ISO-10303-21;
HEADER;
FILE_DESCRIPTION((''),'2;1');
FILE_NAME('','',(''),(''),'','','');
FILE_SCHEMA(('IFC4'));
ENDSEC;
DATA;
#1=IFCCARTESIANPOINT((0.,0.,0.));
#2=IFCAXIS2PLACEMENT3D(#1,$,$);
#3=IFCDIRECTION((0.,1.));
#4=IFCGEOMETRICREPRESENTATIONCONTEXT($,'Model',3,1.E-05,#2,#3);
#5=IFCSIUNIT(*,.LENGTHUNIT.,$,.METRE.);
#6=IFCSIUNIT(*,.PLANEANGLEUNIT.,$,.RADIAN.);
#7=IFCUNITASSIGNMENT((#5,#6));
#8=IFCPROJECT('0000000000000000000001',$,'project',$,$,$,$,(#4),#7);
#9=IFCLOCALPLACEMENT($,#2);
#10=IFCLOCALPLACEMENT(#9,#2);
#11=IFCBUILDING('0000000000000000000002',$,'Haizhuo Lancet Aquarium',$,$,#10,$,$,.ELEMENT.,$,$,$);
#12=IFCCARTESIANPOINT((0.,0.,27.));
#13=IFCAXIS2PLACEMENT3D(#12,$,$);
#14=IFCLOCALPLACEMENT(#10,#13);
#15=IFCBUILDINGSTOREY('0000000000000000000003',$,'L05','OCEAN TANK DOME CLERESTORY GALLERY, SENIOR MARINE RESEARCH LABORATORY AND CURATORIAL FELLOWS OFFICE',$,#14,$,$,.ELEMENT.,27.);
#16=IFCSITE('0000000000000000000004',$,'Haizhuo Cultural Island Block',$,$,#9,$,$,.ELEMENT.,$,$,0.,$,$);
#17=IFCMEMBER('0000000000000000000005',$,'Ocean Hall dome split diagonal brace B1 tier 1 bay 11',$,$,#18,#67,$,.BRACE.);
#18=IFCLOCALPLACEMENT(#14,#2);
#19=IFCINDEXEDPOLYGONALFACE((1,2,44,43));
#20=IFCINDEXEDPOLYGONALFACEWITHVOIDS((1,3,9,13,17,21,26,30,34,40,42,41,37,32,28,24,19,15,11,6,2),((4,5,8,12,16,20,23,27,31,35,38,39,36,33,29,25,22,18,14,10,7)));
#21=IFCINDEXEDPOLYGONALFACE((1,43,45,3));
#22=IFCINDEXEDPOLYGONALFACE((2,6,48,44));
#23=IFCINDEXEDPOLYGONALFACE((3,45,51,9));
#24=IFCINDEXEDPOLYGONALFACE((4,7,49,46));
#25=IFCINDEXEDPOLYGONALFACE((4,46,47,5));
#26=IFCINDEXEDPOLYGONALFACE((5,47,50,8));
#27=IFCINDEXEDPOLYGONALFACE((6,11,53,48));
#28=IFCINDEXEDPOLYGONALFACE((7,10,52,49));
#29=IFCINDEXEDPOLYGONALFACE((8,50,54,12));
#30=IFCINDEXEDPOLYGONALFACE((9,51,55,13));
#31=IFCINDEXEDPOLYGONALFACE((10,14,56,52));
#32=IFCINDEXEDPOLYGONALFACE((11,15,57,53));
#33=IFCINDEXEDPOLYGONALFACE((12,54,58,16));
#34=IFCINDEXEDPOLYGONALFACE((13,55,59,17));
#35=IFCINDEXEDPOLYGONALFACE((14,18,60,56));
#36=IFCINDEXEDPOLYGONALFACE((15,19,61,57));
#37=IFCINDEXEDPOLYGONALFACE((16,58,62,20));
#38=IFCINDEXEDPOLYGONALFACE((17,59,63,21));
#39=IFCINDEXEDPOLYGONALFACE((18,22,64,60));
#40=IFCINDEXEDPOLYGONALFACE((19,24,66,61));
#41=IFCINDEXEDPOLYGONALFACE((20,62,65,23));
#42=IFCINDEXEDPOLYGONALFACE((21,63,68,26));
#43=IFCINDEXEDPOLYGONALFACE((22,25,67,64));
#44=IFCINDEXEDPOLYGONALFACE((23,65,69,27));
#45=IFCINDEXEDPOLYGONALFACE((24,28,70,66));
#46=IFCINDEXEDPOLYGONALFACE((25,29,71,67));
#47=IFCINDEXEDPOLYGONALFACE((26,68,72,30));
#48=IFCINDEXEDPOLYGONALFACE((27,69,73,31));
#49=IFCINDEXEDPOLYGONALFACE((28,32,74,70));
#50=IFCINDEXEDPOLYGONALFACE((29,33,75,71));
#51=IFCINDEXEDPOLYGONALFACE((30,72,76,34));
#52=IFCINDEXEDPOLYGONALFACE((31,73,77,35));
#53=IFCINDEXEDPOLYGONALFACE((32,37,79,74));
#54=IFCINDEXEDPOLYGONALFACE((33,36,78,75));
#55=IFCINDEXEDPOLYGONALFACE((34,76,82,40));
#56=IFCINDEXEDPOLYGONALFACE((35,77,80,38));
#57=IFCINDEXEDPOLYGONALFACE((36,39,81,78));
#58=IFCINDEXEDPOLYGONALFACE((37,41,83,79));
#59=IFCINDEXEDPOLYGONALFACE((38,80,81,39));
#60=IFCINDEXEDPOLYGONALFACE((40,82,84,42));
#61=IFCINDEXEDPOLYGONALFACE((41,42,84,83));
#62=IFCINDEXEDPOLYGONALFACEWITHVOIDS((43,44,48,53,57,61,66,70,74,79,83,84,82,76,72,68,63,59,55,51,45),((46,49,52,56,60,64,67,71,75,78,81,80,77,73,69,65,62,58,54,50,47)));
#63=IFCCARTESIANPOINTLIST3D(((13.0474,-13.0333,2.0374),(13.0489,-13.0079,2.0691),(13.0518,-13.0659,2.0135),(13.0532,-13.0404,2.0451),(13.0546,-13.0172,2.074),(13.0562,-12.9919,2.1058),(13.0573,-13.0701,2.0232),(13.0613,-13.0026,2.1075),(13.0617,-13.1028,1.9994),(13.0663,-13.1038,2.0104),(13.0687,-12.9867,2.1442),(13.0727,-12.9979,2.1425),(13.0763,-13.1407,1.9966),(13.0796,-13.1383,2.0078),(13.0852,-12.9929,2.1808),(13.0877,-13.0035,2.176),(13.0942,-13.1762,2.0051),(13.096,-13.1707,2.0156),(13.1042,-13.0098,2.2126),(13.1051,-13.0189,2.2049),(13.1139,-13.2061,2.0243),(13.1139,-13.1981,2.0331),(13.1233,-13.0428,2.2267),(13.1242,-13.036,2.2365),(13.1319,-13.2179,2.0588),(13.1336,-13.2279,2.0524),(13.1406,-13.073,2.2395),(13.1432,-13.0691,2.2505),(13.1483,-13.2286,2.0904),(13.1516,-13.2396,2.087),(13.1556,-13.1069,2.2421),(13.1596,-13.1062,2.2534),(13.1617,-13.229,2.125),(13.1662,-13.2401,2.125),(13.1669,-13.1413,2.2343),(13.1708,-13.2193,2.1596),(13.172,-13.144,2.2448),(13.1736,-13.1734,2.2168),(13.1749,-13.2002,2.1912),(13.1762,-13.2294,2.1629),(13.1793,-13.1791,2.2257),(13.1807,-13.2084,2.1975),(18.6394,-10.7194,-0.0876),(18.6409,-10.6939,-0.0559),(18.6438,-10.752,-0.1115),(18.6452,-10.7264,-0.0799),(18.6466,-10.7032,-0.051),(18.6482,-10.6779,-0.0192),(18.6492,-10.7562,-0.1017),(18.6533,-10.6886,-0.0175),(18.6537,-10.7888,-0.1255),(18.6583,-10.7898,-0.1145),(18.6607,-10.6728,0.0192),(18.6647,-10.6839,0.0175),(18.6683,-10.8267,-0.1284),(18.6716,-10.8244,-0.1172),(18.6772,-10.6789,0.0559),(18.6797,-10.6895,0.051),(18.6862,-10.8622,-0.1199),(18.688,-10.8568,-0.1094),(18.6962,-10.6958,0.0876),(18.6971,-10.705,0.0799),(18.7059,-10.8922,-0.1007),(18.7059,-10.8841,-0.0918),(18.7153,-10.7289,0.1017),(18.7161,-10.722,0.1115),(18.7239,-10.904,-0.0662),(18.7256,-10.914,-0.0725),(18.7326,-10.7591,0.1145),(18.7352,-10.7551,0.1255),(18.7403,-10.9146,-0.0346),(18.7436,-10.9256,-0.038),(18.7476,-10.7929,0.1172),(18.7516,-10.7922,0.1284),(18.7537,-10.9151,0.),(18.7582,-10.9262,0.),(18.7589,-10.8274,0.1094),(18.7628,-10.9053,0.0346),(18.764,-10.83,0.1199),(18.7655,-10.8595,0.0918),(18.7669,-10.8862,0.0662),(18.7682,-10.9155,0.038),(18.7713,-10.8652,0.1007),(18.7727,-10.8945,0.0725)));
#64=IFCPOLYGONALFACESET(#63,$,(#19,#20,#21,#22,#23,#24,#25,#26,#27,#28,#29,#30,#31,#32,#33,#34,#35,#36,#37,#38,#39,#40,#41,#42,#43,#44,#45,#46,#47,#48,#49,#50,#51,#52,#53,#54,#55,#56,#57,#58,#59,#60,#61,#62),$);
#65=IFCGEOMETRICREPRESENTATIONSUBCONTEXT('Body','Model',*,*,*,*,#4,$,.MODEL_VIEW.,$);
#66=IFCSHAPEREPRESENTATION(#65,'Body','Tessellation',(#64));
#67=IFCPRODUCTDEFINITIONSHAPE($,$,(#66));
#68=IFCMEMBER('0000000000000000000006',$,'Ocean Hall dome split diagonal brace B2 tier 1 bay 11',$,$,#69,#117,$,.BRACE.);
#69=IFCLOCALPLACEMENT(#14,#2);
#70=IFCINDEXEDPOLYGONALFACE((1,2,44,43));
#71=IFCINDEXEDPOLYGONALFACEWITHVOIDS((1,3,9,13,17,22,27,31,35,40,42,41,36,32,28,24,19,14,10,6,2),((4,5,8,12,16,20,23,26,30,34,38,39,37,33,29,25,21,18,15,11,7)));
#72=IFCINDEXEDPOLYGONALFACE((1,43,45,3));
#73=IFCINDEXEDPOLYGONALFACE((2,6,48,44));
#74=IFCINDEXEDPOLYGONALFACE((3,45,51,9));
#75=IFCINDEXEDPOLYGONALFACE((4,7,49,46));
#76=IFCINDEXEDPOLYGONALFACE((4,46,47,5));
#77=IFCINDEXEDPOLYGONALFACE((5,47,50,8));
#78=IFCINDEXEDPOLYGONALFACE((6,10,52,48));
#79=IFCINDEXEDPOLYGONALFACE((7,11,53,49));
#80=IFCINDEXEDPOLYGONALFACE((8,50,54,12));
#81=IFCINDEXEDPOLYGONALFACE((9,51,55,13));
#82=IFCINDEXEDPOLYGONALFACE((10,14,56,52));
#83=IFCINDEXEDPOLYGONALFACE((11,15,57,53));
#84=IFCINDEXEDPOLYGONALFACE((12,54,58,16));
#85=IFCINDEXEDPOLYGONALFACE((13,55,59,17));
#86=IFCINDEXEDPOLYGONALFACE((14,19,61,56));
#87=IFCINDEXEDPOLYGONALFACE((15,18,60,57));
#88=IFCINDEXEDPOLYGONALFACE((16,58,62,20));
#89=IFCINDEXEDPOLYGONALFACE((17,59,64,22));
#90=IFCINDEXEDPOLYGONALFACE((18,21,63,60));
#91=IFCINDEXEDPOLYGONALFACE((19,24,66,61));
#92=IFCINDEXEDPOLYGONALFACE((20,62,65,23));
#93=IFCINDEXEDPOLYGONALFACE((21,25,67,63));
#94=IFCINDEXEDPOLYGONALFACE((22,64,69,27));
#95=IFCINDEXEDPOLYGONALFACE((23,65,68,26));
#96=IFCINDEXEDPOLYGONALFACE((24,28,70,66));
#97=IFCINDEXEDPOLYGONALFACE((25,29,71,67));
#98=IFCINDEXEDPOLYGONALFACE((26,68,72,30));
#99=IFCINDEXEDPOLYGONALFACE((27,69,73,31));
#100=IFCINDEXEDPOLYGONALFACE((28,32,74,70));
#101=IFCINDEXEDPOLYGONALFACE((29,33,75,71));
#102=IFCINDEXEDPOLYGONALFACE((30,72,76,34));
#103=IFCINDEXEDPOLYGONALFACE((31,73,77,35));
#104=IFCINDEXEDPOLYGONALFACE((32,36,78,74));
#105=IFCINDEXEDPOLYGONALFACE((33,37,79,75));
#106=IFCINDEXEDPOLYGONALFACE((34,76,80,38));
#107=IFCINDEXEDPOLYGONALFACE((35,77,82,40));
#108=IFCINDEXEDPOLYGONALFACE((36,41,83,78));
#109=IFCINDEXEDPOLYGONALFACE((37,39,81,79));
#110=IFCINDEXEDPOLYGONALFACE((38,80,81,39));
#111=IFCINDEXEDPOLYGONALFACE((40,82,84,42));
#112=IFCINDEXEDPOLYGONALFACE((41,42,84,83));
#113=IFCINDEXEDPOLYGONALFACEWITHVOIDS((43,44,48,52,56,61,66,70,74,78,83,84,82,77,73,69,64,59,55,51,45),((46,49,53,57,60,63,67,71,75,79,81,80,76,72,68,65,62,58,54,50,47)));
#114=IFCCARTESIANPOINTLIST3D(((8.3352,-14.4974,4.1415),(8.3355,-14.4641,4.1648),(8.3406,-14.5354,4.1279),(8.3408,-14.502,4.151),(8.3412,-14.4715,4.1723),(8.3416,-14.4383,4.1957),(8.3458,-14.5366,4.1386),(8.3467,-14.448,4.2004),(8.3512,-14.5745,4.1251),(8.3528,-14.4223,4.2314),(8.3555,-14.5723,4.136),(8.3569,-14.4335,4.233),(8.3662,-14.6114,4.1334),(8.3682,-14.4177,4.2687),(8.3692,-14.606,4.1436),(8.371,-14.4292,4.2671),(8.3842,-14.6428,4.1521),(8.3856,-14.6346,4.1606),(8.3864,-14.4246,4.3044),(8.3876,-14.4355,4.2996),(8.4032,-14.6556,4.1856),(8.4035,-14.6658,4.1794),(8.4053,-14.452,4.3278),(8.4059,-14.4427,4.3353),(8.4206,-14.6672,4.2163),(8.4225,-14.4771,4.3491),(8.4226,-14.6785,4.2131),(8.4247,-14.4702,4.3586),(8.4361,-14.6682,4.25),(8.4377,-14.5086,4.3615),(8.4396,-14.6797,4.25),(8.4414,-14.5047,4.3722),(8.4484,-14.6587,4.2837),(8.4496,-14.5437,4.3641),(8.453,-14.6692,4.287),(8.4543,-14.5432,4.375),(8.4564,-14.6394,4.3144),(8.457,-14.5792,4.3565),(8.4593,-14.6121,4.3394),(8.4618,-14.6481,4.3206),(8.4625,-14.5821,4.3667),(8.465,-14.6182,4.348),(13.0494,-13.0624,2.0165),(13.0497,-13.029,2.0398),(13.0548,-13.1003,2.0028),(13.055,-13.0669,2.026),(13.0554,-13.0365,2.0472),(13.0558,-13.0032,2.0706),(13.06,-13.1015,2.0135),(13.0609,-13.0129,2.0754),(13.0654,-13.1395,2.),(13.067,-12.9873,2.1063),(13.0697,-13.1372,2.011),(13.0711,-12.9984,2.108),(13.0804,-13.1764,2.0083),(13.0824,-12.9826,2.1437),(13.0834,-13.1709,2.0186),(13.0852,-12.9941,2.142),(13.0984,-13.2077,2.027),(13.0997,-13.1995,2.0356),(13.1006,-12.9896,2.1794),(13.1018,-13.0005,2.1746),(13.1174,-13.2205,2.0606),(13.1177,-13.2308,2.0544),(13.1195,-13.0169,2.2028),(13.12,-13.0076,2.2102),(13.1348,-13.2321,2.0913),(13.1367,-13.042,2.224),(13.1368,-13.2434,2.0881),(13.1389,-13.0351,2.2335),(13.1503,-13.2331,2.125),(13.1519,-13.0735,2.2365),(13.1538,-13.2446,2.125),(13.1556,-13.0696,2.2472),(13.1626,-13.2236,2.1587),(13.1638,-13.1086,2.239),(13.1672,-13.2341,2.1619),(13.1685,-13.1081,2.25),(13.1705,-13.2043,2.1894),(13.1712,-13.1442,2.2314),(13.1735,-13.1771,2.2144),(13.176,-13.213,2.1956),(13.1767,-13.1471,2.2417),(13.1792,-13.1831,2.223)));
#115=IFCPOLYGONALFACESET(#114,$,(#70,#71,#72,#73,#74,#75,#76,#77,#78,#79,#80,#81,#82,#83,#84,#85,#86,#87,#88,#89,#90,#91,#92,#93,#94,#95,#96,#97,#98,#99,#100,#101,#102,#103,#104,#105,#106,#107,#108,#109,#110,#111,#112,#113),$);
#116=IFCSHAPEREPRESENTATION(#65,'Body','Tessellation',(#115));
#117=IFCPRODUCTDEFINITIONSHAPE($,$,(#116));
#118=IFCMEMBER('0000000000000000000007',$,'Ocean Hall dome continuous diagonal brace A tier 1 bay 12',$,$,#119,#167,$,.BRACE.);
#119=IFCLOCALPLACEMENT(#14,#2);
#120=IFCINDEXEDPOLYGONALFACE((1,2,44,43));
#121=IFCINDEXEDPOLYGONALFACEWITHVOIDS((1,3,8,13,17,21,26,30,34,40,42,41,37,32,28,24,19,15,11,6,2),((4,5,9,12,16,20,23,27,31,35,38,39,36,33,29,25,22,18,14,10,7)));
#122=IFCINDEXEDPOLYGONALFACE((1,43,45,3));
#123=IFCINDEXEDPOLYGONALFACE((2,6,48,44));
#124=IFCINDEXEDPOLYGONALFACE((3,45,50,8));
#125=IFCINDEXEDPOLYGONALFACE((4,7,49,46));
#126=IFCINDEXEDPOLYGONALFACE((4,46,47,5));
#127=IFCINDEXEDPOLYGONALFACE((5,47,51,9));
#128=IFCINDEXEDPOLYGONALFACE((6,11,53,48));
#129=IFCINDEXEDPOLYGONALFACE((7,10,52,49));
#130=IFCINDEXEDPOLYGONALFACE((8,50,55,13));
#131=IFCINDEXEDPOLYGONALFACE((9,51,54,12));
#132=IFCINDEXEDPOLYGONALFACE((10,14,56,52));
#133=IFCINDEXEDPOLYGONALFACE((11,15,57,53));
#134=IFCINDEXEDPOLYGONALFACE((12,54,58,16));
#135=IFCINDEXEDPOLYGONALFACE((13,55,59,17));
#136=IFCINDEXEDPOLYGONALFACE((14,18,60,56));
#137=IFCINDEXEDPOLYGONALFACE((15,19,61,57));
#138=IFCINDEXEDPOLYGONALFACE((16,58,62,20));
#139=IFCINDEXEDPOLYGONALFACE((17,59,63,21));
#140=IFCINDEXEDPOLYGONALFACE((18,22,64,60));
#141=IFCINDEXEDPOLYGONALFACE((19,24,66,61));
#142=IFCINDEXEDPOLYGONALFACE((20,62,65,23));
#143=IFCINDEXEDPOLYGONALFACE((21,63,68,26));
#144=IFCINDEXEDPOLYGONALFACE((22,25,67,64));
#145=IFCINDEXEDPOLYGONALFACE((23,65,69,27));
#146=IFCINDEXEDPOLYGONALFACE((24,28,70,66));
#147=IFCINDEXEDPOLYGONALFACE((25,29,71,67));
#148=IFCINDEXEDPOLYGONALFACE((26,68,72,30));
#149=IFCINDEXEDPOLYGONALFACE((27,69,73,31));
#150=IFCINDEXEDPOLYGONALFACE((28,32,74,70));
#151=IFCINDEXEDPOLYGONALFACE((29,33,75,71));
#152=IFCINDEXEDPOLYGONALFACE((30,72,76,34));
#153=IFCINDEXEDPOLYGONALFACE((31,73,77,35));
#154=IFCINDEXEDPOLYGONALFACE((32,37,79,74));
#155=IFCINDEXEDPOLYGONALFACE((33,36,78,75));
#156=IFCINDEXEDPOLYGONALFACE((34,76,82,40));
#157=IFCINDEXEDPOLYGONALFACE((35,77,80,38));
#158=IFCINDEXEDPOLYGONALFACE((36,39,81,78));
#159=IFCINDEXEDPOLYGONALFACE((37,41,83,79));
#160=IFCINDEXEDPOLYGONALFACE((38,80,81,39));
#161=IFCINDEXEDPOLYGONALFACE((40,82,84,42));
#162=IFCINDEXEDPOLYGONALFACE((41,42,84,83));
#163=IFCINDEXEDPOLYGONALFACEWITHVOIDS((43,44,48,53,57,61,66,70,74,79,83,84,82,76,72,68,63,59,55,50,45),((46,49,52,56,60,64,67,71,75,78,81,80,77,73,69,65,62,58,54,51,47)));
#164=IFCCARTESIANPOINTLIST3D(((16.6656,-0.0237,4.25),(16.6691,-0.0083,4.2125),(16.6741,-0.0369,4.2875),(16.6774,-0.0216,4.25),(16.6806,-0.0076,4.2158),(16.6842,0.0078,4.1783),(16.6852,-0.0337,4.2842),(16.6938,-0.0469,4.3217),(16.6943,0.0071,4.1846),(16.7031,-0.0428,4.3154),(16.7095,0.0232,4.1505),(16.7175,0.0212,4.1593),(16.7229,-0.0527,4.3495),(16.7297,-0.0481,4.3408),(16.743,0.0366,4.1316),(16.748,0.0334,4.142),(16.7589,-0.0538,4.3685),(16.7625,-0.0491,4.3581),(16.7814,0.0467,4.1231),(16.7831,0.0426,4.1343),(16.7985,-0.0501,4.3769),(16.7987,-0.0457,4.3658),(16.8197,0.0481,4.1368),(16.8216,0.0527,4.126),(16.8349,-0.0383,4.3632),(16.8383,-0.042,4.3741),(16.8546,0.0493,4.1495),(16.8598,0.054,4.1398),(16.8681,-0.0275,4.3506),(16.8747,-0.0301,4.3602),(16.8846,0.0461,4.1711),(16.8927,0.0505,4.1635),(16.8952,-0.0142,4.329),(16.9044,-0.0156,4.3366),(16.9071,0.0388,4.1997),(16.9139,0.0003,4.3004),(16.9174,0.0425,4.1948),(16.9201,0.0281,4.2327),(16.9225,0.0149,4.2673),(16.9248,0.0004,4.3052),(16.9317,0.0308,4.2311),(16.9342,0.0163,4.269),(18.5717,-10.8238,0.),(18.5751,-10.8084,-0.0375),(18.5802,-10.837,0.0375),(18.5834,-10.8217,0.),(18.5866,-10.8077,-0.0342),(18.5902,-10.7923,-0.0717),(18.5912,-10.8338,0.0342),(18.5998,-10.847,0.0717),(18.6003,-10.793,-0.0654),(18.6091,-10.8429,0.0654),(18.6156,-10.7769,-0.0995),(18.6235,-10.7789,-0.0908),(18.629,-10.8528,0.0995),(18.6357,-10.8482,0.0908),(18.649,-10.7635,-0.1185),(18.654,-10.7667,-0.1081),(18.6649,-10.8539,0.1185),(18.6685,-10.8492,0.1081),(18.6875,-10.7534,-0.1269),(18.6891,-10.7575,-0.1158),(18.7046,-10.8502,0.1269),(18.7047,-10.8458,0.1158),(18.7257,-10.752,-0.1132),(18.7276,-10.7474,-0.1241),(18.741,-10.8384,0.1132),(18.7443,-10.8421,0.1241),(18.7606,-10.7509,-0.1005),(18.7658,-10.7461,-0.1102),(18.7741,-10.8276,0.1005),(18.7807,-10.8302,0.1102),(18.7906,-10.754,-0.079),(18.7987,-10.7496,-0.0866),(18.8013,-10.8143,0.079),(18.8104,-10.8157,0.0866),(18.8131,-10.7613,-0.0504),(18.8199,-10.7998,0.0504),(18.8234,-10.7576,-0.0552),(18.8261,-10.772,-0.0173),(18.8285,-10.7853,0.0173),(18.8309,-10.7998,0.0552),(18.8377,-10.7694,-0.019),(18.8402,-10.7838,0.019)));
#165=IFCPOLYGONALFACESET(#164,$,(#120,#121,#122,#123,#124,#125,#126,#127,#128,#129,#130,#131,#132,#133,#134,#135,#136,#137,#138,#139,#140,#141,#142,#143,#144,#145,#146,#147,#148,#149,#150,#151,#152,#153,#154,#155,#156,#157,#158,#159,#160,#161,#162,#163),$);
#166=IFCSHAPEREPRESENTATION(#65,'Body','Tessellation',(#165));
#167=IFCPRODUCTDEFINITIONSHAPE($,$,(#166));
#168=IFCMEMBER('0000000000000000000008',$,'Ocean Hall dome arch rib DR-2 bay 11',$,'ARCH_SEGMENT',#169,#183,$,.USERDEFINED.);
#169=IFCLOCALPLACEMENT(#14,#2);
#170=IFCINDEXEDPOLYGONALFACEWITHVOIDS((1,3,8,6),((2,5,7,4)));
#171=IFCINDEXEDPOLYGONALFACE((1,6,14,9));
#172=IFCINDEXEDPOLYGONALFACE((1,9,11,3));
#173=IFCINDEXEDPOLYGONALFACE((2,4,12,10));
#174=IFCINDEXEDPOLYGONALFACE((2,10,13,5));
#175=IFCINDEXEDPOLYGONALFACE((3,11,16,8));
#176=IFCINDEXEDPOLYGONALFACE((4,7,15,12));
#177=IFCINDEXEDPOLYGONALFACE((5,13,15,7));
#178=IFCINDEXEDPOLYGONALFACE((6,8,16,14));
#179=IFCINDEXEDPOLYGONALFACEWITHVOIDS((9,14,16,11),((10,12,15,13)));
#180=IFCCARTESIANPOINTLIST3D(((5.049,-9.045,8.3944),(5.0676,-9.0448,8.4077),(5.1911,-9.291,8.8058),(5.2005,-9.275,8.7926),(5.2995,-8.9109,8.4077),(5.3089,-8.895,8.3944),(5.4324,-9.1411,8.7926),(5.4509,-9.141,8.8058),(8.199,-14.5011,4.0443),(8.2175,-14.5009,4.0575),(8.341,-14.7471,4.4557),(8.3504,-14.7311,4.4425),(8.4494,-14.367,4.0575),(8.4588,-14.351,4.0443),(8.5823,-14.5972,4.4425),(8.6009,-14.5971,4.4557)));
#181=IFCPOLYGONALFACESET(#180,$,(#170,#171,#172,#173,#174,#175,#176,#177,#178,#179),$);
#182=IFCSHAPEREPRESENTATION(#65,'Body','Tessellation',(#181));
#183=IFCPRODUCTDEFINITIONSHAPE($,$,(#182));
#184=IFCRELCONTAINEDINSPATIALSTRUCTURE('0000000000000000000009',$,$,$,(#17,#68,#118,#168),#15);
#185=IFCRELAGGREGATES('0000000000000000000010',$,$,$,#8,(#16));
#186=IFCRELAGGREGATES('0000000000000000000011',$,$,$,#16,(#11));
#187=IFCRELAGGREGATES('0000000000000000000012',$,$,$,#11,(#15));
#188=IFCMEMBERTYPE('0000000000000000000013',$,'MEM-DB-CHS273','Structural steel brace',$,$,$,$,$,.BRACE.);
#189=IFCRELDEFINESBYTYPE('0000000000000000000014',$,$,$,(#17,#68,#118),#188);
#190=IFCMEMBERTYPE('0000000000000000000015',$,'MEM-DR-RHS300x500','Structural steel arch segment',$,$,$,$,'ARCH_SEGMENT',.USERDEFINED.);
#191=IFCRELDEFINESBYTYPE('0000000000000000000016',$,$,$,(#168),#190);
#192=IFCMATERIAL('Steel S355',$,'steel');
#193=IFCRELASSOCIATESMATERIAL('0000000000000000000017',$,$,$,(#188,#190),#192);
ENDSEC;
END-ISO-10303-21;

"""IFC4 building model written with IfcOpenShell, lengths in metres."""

from ifc_helpers import new_model, si_unit, direction, frame, origin, origin_2d, place, context, subcontext, project, spatial, hollow_rectangle, hollow_circle, extrude, material, material_profile, profile_set, type_object, element, save


model = new_model("IFC4")

# Units and contexts
model_context = context("Model", 3, precision=1e-05, world=origin(), true_north=direction((0.0, 1.0)))
body_context = subcontext(model_context, "Body", "Model", "MODEL_VIEW")
ifc_project = project(units=[si_unit("LENGTHUNIT", "METRE"), si_unit("PLANEANGLEUNIT", "RADIAN")], contexts=[model_context])

# Site, building, storey
site_placement = place(None, origin())
site = spatial("IfcSite", under=ifc_project, at=site_placement, Name="Haizhuo Cultural Island Block", CompositionType="ELEMENT", RefElevation=0.0)
building_placement = place(site_placement, origin())
building = spatial("IfcBuilding", under=site, at=building_placement, Name="Haizhuo Lancet Aquarium", CompositionType="ELEMENT")
storey_placement = place(building_placement, frame((0.0, 0.0, 27.0)))
storey = spatial("IfcBuildingStorey", under=building, at=storey_placement, Name="L05", Description="OCEAN TANK DOME CLERESTORY GALLERY, SENIOR MARINE RESEARCH LABORATORY AND CURATORIAL FELLOWS OFFICE", CompositionType="ELEMENT", Elevation=27.0)

# Members
ifc_material_1 = material(Name="Steel S355", Category="steel")
ifc_material_profile_1 = material_profile(ifc_material_1, hollow_circle(Radius=0.1365, WallThickness=0.012, at=origin_2d()), Name="CHS 273x12")
ifc_profile_set_1 = profile_set([ifc_material_profile_1], Name="Steel S355")
member_type_1 = type_object("IfcMemberType", Name="MEM-DB-CHS273", Description="Structural steel brace", PredefinedType="BRACE", material=ifc_profile_set_1)
member_1_placement = place(storey_placement, frame((18.7061, -10.8, 0.0), z_axis=(-0.871832, -0.360761, 0.3313), x_axis=(0.382354, -0.924016, 0.0)))
element("IfcMember", 1, at=member_1_placement, inside=storey, type_object=member_type_1, Name="Ocean Hall dome split diagonal brace B1 tier 1 bay 11", PredefinedType="BRACE", context=body_context, shape_type="SweptSolid", body=[
    extrude(hollow_circle(Radius=0.1365, WallThickness=0.012, at=origin_2d()), origin(), (0.0, 0.0, 1.0), 6.4141),
])
member_2_placement = place(storey_placement, frame((13.114, -13.114, 2.125), z_axis=(-0.878455, -0.267417, 0.395985), x_axis=(0.291223, -0.956655, 0.0)))
element("IfcMember", 2, at=member_2_placement, inside=storey, type_object=member_type_1, Name="Ocean Hall dome split diagonal brace B2 tier 1 bay 11", PredefinedType="BRACE", context=body_context, shape_type="SweptSolid", body=[
    extrude(hollow_circle(Radius=0.1365, WallThickness=0.012, at=origin_2d()), origin(), (0.0, 0.0, 1.0), 5.3665),
])
member_3_placement = place(storey_placement, frame((18.7061, -10.8, 0.0), z_axis=(-0.162053, 0.918243, 0.361344), x_axis=(-0.984782, -0.173795, 0.0)))
element("IfcMember", 3, at=member_3_placement, inside=storey, type_object=member_type_1, Name="Ocean Hall dome continuous diagonal brace A tier 1 bay 12", PredefinedType="BRACE", context=body_context, shape_type="SweptSolid", body=[
    extrude(hollow_circle(Radius=0.1365, WallThickness=0.012, at=origin_2d()), origin(), (0.0, 0.0, 1.0), 11.7617),
])
ifc_material_profile_2 = material_profile(ifc_material_1, hollow_rectangle(XDim=0.3, YDim=0.5, WallThickness=0.0161, at=origin_2d()), Name="RHS 300x500x16")
ifc_profile_set_2 = profile_set([ifc_material_profile_2], Name="Steel S355")
member_type_2 = type_object("IfcMemberType", Name="MEM-DR-RHS300x500", Description="Structural steel arch segment", ElementType="ARCH_SEGMENT", PredefinedType="USERDEFINED", material=ifc_profile_set_2)
member_4_placement = place(storey_placement, frame((8.3999, -14.5491, 4.25), z_axis=(-0.411431, 0.712654, 0.568197), x_axis=(-0.866036, -0.499982, 0.0)))
element("IfcMember", 4, at=member_4_placement, inside=storey, type_object=member_type_2, Name="Ocean Hall dome arch rib DR-2 bay 11", ObjectType="ARCH_SEGMENT", PredefinedType="USERDEFINED", context=body_context, shape_type="SweptSolid", body=[
    extrude(hollow_rectangle(XDim=0.3, YDim=0.5, WallThickness=0.0161, at=origin_2d()), origin(), (0.0, 0.0, 1.0), 7.656),
])

save(model, "model.ifc")
